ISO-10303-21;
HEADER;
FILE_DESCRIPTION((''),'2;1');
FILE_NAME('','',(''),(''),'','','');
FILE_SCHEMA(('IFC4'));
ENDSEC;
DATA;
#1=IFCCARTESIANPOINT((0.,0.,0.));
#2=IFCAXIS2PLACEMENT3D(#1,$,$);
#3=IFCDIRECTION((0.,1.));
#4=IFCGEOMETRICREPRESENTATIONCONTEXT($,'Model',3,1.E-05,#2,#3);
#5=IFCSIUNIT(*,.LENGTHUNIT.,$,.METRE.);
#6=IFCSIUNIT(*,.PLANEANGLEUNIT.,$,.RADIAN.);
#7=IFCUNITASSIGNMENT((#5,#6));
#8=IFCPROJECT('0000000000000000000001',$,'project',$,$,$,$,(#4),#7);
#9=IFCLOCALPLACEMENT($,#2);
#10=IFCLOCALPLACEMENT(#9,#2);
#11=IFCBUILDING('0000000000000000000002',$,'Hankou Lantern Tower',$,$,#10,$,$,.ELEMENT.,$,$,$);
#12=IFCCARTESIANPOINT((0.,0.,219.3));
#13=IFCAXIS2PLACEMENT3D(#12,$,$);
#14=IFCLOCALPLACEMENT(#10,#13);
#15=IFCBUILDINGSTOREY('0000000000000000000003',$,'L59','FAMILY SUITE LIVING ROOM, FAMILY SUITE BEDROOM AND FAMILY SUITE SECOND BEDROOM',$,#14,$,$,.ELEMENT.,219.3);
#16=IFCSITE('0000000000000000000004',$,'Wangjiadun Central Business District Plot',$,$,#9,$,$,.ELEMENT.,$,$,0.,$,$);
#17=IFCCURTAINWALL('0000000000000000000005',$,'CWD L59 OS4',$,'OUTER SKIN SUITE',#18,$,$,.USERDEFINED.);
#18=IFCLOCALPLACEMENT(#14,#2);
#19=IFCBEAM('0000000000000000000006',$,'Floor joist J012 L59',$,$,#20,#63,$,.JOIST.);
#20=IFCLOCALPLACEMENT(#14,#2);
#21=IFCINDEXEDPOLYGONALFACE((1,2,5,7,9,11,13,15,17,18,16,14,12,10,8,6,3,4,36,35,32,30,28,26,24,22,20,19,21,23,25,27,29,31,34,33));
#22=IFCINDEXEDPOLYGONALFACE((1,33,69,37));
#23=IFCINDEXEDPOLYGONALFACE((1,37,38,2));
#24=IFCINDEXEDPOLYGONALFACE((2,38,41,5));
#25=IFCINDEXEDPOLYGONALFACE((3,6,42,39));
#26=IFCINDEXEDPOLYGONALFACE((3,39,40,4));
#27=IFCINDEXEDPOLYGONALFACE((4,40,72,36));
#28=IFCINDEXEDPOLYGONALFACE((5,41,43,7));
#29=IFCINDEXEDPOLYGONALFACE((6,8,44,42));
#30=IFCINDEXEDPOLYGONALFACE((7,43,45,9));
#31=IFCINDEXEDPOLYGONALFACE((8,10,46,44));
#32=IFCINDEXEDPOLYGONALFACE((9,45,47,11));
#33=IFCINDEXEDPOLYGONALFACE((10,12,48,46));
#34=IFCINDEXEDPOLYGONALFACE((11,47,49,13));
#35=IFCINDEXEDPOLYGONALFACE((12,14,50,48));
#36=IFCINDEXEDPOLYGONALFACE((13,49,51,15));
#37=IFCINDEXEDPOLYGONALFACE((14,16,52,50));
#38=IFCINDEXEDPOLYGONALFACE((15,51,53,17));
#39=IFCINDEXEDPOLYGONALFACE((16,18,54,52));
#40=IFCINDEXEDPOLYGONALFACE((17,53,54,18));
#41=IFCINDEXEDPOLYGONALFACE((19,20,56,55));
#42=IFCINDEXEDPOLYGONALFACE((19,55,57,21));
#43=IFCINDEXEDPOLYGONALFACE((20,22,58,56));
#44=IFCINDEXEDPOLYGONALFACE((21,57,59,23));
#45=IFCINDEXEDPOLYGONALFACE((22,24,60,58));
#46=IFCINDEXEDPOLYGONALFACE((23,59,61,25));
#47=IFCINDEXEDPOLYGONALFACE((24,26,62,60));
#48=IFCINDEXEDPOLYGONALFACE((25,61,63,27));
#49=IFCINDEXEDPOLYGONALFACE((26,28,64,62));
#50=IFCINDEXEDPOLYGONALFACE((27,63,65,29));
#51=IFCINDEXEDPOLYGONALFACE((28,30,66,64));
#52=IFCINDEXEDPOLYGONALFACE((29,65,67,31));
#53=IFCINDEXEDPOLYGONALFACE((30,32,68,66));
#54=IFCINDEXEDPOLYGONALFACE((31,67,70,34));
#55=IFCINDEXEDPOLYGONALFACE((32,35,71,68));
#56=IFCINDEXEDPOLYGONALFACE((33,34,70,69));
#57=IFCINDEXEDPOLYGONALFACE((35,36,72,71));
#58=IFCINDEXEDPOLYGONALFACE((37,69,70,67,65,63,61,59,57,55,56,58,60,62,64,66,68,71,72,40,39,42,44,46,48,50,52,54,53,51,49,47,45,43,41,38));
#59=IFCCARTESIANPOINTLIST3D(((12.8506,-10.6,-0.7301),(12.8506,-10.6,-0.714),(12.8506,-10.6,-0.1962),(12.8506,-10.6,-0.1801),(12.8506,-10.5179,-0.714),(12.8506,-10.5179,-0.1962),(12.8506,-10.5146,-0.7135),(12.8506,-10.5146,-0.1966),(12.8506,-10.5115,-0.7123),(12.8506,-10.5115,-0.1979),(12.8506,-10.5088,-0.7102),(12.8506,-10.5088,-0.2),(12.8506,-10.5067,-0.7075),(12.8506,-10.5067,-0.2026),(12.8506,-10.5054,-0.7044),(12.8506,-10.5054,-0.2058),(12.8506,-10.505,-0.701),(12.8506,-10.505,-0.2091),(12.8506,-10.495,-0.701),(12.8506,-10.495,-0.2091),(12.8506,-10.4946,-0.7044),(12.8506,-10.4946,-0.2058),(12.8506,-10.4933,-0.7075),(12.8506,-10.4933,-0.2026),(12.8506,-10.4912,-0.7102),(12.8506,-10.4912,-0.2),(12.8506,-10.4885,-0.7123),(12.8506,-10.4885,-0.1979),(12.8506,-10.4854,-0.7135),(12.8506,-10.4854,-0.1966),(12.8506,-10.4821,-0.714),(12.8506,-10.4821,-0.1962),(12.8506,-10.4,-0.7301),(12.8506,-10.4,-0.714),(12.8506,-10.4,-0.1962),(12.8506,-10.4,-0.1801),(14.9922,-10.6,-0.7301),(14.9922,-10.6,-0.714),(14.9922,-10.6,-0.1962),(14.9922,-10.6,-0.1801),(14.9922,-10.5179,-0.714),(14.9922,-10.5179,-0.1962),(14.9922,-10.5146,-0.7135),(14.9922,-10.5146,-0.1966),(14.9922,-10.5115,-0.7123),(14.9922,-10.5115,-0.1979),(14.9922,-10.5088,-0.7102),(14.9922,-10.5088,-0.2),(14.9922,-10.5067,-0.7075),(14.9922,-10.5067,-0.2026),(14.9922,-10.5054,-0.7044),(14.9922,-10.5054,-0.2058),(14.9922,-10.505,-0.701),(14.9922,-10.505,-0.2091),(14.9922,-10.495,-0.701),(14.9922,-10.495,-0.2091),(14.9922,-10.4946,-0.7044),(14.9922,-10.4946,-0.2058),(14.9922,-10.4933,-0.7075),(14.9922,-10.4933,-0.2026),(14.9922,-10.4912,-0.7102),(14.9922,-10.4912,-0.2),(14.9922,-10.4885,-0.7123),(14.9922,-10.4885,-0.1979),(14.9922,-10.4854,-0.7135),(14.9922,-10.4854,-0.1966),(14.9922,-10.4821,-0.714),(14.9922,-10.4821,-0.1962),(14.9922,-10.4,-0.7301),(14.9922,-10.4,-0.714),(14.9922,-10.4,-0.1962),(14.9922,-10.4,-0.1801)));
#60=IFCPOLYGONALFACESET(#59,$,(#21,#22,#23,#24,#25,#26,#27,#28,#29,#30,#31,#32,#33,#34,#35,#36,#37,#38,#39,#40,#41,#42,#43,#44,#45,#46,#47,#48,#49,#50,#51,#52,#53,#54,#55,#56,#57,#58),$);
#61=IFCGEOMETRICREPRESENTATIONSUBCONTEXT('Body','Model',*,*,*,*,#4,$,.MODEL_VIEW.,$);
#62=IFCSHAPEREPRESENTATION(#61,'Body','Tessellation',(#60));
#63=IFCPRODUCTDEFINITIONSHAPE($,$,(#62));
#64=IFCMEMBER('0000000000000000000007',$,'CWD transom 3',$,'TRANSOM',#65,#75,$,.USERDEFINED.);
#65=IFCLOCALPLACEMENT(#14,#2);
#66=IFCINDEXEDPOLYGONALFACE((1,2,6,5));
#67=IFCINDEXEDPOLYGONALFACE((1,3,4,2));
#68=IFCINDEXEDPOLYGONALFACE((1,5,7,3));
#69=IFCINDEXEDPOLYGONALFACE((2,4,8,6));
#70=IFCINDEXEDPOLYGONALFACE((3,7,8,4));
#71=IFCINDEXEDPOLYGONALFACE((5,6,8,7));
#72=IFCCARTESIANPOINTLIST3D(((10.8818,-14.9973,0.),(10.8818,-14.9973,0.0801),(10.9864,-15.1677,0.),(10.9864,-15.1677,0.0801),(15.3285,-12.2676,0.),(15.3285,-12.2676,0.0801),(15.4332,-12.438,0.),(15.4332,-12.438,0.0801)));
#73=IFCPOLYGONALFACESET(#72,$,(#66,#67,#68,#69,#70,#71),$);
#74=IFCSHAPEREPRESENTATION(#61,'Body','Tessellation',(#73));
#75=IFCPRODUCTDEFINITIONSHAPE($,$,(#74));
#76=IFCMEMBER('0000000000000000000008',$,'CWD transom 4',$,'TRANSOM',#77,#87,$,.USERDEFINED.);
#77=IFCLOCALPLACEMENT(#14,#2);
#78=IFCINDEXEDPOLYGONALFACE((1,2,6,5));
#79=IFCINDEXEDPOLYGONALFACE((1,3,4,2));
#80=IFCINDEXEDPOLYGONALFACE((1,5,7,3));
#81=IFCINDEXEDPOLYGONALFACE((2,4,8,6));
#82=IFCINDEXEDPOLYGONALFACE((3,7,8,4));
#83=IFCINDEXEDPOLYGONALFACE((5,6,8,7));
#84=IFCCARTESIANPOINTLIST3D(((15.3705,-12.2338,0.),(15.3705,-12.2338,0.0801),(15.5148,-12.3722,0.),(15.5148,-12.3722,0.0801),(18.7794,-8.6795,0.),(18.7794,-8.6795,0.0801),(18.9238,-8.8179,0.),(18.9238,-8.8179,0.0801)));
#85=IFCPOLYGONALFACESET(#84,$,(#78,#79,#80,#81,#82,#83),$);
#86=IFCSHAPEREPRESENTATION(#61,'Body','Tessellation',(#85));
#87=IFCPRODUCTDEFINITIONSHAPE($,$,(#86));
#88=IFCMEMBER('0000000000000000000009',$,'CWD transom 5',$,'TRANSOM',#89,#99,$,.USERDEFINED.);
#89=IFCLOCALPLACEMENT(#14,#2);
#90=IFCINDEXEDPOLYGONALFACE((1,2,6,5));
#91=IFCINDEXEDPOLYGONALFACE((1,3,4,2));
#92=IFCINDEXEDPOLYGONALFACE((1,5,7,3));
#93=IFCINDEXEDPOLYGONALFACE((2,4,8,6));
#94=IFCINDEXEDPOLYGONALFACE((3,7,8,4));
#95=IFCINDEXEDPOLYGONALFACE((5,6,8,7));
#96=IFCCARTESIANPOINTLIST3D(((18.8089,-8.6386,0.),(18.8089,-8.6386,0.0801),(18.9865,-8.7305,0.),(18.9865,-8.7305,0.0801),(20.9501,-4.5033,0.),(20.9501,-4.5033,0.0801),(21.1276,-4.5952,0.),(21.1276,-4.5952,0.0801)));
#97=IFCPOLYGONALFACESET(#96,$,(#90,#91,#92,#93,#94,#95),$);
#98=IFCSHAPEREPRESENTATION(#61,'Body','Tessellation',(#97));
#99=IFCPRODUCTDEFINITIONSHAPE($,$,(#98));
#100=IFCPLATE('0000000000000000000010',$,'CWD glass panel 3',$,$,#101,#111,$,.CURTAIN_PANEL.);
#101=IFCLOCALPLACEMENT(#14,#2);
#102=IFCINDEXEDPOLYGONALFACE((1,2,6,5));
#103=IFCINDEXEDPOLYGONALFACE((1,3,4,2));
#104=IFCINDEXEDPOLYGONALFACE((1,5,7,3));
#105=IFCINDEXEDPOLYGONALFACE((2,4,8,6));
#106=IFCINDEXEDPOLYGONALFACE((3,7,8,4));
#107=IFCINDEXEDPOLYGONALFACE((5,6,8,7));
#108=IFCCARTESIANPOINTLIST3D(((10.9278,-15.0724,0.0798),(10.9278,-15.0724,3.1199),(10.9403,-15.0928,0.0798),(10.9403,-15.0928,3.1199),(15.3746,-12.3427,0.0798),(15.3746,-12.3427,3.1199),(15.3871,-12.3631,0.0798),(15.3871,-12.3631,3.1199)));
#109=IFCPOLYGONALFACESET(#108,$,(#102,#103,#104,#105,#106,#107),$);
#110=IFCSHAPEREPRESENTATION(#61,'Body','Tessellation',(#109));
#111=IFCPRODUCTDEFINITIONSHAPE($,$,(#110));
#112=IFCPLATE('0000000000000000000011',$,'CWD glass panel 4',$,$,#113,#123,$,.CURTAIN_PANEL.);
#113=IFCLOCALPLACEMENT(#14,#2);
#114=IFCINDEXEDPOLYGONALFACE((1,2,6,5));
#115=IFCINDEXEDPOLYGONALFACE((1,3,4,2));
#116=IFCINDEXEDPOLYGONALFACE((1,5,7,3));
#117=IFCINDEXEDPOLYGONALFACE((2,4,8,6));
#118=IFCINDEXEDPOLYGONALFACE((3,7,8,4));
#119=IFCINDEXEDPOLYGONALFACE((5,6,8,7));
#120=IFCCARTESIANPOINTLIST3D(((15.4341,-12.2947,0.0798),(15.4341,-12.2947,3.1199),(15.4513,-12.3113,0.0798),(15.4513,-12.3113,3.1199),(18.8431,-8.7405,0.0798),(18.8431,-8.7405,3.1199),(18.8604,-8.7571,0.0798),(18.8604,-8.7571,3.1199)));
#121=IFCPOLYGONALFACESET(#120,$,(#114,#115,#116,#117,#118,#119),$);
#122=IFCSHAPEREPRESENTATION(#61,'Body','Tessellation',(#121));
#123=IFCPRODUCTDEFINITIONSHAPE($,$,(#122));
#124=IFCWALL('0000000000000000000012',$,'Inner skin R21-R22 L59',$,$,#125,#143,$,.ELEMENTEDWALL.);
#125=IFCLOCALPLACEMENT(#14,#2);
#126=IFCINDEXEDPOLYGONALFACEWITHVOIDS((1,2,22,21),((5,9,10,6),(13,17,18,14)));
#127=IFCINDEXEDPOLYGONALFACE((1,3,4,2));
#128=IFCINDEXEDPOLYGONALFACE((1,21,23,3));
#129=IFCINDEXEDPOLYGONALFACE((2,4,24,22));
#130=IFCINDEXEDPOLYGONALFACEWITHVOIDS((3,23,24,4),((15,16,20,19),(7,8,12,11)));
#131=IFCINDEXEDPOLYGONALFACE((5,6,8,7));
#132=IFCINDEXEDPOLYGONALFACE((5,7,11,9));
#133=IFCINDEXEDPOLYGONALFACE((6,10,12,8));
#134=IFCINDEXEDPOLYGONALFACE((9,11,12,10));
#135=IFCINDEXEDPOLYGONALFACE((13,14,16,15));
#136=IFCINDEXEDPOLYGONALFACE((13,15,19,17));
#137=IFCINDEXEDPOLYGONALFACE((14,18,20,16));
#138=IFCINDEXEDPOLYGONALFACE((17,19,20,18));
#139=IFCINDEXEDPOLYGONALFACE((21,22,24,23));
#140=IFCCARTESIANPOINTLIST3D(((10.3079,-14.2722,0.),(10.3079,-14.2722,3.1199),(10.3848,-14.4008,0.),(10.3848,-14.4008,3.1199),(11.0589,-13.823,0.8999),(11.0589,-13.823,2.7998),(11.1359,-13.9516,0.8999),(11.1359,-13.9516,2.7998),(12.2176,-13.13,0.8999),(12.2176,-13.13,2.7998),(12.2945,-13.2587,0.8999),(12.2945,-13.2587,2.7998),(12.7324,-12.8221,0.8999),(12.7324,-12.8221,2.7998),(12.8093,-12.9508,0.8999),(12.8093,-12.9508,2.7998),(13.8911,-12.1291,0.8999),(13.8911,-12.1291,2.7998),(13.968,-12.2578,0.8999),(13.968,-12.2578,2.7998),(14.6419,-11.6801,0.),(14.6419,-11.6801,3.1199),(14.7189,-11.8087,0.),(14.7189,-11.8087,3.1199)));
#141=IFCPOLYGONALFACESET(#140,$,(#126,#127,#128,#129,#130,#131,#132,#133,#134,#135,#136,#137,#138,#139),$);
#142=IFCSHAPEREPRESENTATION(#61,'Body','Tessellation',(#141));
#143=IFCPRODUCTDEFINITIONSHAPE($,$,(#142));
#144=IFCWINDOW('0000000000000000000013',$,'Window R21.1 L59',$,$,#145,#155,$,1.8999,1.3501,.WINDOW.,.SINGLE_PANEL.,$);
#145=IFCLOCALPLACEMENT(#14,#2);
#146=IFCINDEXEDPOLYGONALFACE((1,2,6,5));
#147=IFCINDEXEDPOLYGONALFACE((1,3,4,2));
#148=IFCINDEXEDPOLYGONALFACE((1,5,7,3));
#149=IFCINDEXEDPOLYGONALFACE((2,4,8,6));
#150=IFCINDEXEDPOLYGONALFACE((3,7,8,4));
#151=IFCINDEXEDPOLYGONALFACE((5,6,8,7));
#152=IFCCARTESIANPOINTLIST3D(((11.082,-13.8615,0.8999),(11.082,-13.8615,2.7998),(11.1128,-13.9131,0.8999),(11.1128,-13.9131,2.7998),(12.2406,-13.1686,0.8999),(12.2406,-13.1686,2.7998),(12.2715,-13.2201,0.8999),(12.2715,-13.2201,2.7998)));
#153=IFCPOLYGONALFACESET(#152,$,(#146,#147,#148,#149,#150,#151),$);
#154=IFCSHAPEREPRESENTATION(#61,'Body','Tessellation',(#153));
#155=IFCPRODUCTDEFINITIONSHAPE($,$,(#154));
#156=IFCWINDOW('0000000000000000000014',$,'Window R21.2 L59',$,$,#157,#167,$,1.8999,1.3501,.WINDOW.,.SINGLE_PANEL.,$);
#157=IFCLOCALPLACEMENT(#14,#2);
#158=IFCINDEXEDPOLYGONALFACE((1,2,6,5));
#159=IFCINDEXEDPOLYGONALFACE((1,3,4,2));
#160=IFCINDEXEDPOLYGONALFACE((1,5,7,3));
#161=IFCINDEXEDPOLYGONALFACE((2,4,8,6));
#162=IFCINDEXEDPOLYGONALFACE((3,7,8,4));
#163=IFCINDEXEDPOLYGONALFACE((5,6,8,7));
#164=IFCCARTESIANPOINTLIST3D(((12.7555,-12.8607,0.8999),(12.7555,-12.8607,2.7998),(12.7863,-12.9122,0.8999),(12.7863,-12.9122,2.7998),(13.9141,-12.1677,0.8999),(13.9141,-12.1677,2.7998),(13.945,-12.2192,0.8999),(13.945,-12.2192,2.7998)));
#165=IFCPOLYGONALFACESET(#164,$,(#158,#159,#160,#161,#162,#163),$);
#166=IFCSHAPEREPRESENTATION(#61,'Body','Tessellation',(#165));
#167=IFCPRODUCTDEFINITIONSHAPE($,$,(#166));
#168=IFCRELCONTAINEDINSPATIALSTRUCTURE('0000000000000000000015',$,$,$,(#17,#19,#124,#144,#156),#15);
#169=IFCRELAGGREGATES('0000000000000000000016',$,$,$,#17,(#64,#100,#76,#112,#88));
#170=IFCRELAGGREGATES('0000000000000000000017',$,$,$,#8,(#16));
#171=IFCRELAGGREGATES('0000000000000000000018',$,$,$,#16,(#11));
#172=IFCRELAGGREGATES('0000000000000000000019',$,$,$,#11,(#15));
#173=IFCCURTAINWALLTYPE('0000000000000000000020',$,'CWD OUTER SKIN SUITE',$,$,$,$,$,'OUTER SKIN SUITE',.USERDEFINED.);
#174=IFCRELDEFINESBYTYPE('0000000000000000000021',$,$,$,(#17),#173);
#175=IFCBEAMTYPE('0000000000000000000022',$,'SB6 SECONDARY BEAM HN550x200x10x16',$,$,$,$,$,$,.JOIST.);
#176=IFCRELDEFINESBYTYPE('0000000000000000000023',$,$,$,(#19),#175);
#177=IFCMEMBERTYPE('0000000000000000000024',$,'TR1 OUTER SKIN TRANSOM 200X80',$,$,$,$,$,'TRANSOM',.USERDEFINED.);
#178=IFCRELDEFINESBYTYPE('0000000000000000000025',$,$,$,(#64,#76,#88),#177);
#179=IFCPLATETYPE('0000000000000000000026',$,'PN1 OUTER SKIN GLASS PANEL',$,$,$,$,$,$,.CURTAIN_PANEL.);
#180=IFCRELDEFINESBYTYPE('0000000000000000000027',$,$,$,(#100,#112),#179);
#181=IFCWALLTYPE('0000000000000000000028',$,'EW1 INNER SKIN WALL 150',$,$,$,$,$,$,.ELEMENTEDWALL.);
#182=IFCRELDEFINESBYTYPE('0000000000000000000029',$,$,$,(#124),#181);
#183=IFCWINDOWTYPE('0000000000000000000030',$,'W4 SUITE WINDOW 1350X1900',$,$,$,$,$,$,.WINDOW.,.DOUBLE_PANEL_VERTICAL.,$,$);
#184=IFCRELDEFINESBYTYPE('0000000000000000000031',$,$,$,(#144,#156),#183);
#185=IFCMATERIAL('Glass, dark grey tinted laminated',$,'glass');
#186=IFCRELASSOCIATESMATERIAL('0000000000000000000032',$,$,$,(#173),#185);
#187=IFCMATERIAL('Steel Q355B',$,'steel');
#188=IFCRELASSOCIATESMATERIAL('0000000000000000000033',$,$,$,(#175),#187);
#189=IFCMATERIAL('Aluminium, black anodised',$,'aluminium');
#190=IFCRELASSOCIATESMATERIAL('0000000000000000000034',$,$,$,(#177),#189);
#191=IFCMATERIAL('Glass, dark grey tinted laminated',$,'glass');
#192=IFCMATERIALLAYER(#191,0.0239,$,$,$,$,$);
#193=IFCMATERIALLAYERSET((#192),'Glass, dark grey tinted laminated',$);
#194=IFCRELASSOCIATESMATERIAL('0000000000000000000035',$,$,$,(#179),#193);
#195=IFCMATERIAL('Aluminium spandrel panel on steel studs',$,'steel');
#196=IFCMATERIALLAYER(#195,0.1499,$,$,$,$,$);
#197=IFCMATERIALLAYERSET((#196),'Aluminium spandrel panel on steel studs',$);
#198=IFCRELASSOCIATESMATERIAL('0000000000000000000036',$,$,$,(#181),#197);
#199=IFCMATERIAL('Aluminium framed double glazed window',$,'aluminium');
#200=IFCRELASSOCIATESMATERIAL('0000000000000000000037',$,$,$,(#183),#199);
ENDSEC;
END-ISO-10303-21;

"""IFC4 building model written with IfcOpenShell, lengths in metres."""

from ifc_helpers import new_model, si_unit, direction, frame, frame_2d, origin, origin_2d, place, context, subcontext, project, spatial, rectangle, i_section, extrude, material, layer, layer_set, material_profile, profile_set, type_object, element, fill, aggregate, save


model = new_model("IFC4")

# Units and contexts
model_context = context("Model", 3, precision=1e-05, world=origin(), true_north=direction((0.0, 1.0)))
body_context = subcontext(model_context, "Body", "Model", "MODEL_VIEW")
ifc_project = project(units=[si_unit("LENGTHUNIT", "METRE"), si_unit("PLANEANGLEUNIT", "RADIAN")], contexts=[model_context])

# Site, building, storey
site_placement = place(None, origin())
site = spatial("IfcSite", under=ifc_project, at=site_placement, Name="Wangjiadun Central Business District Plot", CompositionType="ELEMENT", RefElevation=0.0)
building_placement = place(site_placement, origin())
building = spatial("IfcBuilding", under=site, at=building_placement, Name="Hankou Lantern Tower", CompositionType="ELEMENT")
storey_placement = place(building_placement, frame((0.0, 0.0, 219.3)))
storey = spatial("IfcBuildingStorey", under=building, at=storey_placement, Name="L59", Description="FAMILY SUITE LIVING ROOM, FAMILY SUITE BEDROOM AND FAMILY SUITE SECOND BEDROOM", CompositionType="ELEMENT", Elevation=219.3)

# Curtain wall
ifc_material_1 = material(Name="Glass, dark grey tinted laminated", Category="glass")
curtain_wall_type = type_object("IfcCurtainWallType", Name="CWD OUTER SKIN SUITE", ElementType="OUTER SKIN SUITE", PredefinedType="USERDEFINED", material=ifc_material_1)
curtain_wall_placement = place(storey_placement, origin())
curtain_wall = element("IfcCurtainWall", 1, at=curtain_wall_placement, inside=storey, type_object=curtain_wall_type, Name="CWD L59 OS4", ObjectType="OUTER SKIN SUITE", PredefinedType="USERDEFINED")

# Beam
ifc_material_2 = material(Name="Steel Q355B", Category="steel")
ifc_material_profile_1 = material_profile(ifc_material_2, i_section(OverallWidth=0.2, OverallDepth=0.55, WebThickness=0.01, FlangeThickness=0.0161, FilletRadius=0.0129, at=origin_2d()), Name="HN550x200x10x16")
ifc_profile_set_1 = profile_set([ifc_material_profile_1], Name="Steel Q355B")
beam_type_1 = type_object("IfcBeamType", Name="SB6 SECONDARY BEAM HN550x200x10x16", PredefinedType="JOIST", material=ifc_profile_set_1)
beam_1_placement = place(storey_placement, frame((12.8506, -10.5, -0.4551), z_axis=(1.0, 0.0, 0.0), x_axis=(0.0, 1.0, 0.0)))
element("IfcBeam", 2, at=beam_1_placement, inside=storey, type_object=beam_type_1, Name="Floor joist J012 L59", PredefinedType="JOIST", context=body_context, shape_type="SweptSolid", body=[
    extrude(i_section(OverallWidth=0.2, OverallDepth=0.55, WebThickness=0.01, FlangeThickness=0.0161, FilletRadius=0.0129, at=origin_2d()), origin(), (0.0, 0.0, 1.0), 2.1416),
])

# Members
ifc_material_3 = material(Name="Aluminium, black anodised", Category="aluminium")
ifc_material_profile_2 = material_profile(ifc_material_3, rectangle(XDim=0.2, YDim=0.0801, at=origin_2d()), Name="TR1 200X80")
ifc_profile_set_2 = profile_set([ifc_material_profile_2], Name="Aluminium, black anodised")
member_type_1 = type_object("IfcMemberType", Name="TR1 OUTER SKIN TRANSOM 200X80", ElementType="TRANSOM", PredefinedType="USERDEFINED", material=ifc_profile_set_2)
member_1_placement = place(storey_placement, frame((10.9341, -15.0825, 0.04), z_axis=(0.852235, 0.52316, 0.0), x_axis=(-0.52316, 0.852235, 0.0)))
member_1 = element("IfcMember", 3, at=member_1_placement, type_object=member_type_1, Name="CWD transom 3", ObjectType="TRANSOM", PredefinedType="USERDEFINED", context=body_context, shape_type="SweptSolid", body=[
    extrude(rectangle(XDim=0.2, YDim=0.0801, at=origin_2d()), origin(), (0.0, 0.0, 1.0), 5.2178),
])
member_2_placement = place(storey_placement, frame((15.4426, -12.303, 0.04), z_axis=(0.692205, 0.721701, 0.0), x_axis=(-0.721701, 0.692205, 0.0)))
member_2 = element("IfcMember", 4, at=member_2_placement, type_object=member_type_1, Name="CWD transom 4", ObjectType="TRANSOM", PredefinedType="USERDEFINED", context=body_context, shape_type="SweptSolid", body=[
    extrude(rectangle(XDim=0.2, YDim=0.0801, at=origin_2d()), origin(), (0.0, 0.0, 1.0), 4.9248),
])
member_3_placement = place(storey_placement, frame((18.8977, -8.6846, 0.04), z_axis=(0.459794, 0.888026, 0.0), x_axis=(-0.888026, 0.459794, 0.0)))
member_3 = element("IfcMember", 5, at=member_3_placement, type_object=member_type_1, Name="CWD transom 5", ObjectType="TRANSOM", PredefinedType="USERDEFINED", context=body_context, shape_type="SweptSolid", body=[
    extrude(rectangle(XDim=0.2, YDim=0.0801, at=origin_2d()), origin(), (0.0, 0.0, 1.0), 4.6567),
])

# Plates
ifc_material_4 = material(Name="Glass, dark grey tinted laminated", Category="glass")
ifc_layer_1 = layer(ifc_material_4, 0.0239)
ifc_layer_set_1 = layer_set([ifc_layer_1], Name="Glass, dark grey tinted laminated")
plate_type = type_object("IfcPlateType", Name="PN1 OUTER SKIN GLASS PANEL", PredefinedType="CURTAIN_PANEL", material=ifc_layer_set_1)
plate_1_placement = place(storey_placement, frame((13.1575, -13.7178, 0.0798), z_axis=(0.0, 0.0, 1.0), x_axis=(0.852237, 0.523156, 0.0)))
plate_1 = element("IfcPlate", 6, at=plate_1_placement, type_object=plate_type, Name="CWD glass panel 3", PredefinedType="CURTAIN_PANEL", context=body_context, shape_type="SweptSolid", body=[
    extrude(rectangle(XDim=5.2178, YDim=0.0239, at=origin_2d()), origin(), (0.0, 0.0, 1.0), 3.04),
])
plate_2_placement = place(storey_placement, frame((17.1472, -10.5259, 0.0798), z_axis=(0.0, 0.0, 1.0), x_axis=(0.692216, 0.721691, 0.0)))
plate_2 = element("IfcPlate", 7, at=plate_2_placement, type_object=plate_type, Name="CWD glass panel 4", PredefinedType="CURTAIN_PANEL", context=body_context, shape_type="SweptSolid", body=[
    extrude(rectangle(XDim=4.9248, YDim=0.0239, at=origin_2d()), origin(), (0.0, 0.0, 1.0), 3.04),
])
aggregate(curtain_wall, [member_1, plate_1, member_2, plate_2, member_3])

# Wall, openings, windows
ifc_material_5 = material(Name="Aluminium spandrel panel on steel studs", Category="steel")
ifc_layer_2 = layer(ifc_material_5, 0.1499)
ifc_layer_set_2 = layer_set([ifc_layer_2], Name="Aluminium spandrel panel on steel studs")
wall_type_1 = type_object("IfcWallType", Name="EW1 INNER SKIN WALL 150", PredefinedType="ELEMENTEDWALL", material=ifc_layer_set_2)
wall_1_placement = place(storey_placement, frame((10.3464, -14.3364, 0.0), z_axis=(0.0, 0.0, 1.0), x_axis=(0.858222, 0.51328, 0.0)))
wall_1 = element("IfcWall", 8, at=wall_1_placement, inside=storey, type_object=wall_type_1, Name="Inner skin R21-R22 L59", PredefinedType="ELEMENTEDWALL", context=body_context, shape_type="SweptSolid", body=[
    extrude(rectangle(XDim=5.05, YDim=0.1499, at=frame_2d((2.5249, 0.0))), origin(), (0.0, 0.0, 1.0), 3.1199),
])
opening_1_placement = place(wall_1_placement, frame((0.875, 0.0, 0.8999)))
opening_1 = element("IfcOpeningElement", 9, at=opening_1_placement, cuts=wall_1, PredefinedType="OPENING", context=body_context, shape_type="SweptSolid", body=[
    extrude(rectangle(XDim=1.3501, YDim=1.8999, at=frame_2d((0.675, 0.95))), frame((0.0, 0.085, 0.0), z_axis=(0.0, -1.0, 0.0), x_axis=(1.0, 0.0, 0.0)), (0.0, 0.0, 1.0), 0.1699),
])
opening_2_placement = place(wall_1_placement, frame((2.825, 0.0, 0.8999)))
opening_2 = element("IfcOpeningElement", 10, at=opening_2_placement, cuts=wall_1, PredefinedType="OPENING", context=body_context, shape_type="SweptSolid", body=[
    extrude(rectangle(XDim=1.3501, YDim=1.8999, at=frame_2d((0.675, 0.95))), frame((0.0, 0.085, 0.0), z_axis=(0.0, -1.0, 0.0), x_axis=(1.0, 0.0, 0.0)), (0.0, 0.0, 1.0), 0.1699),
])
ifc_material_6 = material(Name="Aluminium framed double glazed window", Category="aluminium")
window_type = type_object("IfcWindowType", Name="W4 SUITE WINDOW 1350X1900", PartitioningType="DOUBLE_PANEL_VERTICAL", PredefinedType="WINDOW", material=ifc_material_6)
window_1_placement = place(opening_1_placement, origin())
window_1 = element("IfcWindow", 11, at=window_1_placement, inside=storey, type_object=window_type, Name="Window R21.1 L59", OverallHeight=1.8999, OverallWidth=1.3501, PartitioningType="SINGLE_PANEL", PredefinedType="WINDOW", context=body_context, shape_type="SweptSolid", body=[
    extrude(rectangle(XDim=1.3501, YDim=1.8999, at=frame_2d((0.675, 0.95))), frame((0.0, 0.03, 0.0), z_axis=(0.0, -1.0, 0.0), x_axis=(1.0, 0.0, 0.0)), (0.0, 0.0, 1.0), 0.0601),
])
fill(opening_1, window_1)
window_2_placement = place(opening_2_placement, origin())
window_2 = element("IfcWindow", 12, at=window_2_placement, inside=storey, type_object=window_type, Name="Window R21.2 L59", OverallHeight=1.8999, OverallWidth=1.3501, PartitioningType="SINGLE_PANEL", PredefinedType="WINDOW", context=body_context, shape_type="SweptSolid", body=[
    extrude(rectangle(XDim=1.3501, YDim=1.8999, at=frame_2d((0.675, 0.95))), frame((0.0, 0.03, 0.0), z_axis=(0.0, -1.0, 0.0), x_axis=(1.0, 0.0, 0.0)), (0.0, 0.0, 1.0), 0.0601),
])
fill(opening_2, window_2)

save(model, "model.ifc")
